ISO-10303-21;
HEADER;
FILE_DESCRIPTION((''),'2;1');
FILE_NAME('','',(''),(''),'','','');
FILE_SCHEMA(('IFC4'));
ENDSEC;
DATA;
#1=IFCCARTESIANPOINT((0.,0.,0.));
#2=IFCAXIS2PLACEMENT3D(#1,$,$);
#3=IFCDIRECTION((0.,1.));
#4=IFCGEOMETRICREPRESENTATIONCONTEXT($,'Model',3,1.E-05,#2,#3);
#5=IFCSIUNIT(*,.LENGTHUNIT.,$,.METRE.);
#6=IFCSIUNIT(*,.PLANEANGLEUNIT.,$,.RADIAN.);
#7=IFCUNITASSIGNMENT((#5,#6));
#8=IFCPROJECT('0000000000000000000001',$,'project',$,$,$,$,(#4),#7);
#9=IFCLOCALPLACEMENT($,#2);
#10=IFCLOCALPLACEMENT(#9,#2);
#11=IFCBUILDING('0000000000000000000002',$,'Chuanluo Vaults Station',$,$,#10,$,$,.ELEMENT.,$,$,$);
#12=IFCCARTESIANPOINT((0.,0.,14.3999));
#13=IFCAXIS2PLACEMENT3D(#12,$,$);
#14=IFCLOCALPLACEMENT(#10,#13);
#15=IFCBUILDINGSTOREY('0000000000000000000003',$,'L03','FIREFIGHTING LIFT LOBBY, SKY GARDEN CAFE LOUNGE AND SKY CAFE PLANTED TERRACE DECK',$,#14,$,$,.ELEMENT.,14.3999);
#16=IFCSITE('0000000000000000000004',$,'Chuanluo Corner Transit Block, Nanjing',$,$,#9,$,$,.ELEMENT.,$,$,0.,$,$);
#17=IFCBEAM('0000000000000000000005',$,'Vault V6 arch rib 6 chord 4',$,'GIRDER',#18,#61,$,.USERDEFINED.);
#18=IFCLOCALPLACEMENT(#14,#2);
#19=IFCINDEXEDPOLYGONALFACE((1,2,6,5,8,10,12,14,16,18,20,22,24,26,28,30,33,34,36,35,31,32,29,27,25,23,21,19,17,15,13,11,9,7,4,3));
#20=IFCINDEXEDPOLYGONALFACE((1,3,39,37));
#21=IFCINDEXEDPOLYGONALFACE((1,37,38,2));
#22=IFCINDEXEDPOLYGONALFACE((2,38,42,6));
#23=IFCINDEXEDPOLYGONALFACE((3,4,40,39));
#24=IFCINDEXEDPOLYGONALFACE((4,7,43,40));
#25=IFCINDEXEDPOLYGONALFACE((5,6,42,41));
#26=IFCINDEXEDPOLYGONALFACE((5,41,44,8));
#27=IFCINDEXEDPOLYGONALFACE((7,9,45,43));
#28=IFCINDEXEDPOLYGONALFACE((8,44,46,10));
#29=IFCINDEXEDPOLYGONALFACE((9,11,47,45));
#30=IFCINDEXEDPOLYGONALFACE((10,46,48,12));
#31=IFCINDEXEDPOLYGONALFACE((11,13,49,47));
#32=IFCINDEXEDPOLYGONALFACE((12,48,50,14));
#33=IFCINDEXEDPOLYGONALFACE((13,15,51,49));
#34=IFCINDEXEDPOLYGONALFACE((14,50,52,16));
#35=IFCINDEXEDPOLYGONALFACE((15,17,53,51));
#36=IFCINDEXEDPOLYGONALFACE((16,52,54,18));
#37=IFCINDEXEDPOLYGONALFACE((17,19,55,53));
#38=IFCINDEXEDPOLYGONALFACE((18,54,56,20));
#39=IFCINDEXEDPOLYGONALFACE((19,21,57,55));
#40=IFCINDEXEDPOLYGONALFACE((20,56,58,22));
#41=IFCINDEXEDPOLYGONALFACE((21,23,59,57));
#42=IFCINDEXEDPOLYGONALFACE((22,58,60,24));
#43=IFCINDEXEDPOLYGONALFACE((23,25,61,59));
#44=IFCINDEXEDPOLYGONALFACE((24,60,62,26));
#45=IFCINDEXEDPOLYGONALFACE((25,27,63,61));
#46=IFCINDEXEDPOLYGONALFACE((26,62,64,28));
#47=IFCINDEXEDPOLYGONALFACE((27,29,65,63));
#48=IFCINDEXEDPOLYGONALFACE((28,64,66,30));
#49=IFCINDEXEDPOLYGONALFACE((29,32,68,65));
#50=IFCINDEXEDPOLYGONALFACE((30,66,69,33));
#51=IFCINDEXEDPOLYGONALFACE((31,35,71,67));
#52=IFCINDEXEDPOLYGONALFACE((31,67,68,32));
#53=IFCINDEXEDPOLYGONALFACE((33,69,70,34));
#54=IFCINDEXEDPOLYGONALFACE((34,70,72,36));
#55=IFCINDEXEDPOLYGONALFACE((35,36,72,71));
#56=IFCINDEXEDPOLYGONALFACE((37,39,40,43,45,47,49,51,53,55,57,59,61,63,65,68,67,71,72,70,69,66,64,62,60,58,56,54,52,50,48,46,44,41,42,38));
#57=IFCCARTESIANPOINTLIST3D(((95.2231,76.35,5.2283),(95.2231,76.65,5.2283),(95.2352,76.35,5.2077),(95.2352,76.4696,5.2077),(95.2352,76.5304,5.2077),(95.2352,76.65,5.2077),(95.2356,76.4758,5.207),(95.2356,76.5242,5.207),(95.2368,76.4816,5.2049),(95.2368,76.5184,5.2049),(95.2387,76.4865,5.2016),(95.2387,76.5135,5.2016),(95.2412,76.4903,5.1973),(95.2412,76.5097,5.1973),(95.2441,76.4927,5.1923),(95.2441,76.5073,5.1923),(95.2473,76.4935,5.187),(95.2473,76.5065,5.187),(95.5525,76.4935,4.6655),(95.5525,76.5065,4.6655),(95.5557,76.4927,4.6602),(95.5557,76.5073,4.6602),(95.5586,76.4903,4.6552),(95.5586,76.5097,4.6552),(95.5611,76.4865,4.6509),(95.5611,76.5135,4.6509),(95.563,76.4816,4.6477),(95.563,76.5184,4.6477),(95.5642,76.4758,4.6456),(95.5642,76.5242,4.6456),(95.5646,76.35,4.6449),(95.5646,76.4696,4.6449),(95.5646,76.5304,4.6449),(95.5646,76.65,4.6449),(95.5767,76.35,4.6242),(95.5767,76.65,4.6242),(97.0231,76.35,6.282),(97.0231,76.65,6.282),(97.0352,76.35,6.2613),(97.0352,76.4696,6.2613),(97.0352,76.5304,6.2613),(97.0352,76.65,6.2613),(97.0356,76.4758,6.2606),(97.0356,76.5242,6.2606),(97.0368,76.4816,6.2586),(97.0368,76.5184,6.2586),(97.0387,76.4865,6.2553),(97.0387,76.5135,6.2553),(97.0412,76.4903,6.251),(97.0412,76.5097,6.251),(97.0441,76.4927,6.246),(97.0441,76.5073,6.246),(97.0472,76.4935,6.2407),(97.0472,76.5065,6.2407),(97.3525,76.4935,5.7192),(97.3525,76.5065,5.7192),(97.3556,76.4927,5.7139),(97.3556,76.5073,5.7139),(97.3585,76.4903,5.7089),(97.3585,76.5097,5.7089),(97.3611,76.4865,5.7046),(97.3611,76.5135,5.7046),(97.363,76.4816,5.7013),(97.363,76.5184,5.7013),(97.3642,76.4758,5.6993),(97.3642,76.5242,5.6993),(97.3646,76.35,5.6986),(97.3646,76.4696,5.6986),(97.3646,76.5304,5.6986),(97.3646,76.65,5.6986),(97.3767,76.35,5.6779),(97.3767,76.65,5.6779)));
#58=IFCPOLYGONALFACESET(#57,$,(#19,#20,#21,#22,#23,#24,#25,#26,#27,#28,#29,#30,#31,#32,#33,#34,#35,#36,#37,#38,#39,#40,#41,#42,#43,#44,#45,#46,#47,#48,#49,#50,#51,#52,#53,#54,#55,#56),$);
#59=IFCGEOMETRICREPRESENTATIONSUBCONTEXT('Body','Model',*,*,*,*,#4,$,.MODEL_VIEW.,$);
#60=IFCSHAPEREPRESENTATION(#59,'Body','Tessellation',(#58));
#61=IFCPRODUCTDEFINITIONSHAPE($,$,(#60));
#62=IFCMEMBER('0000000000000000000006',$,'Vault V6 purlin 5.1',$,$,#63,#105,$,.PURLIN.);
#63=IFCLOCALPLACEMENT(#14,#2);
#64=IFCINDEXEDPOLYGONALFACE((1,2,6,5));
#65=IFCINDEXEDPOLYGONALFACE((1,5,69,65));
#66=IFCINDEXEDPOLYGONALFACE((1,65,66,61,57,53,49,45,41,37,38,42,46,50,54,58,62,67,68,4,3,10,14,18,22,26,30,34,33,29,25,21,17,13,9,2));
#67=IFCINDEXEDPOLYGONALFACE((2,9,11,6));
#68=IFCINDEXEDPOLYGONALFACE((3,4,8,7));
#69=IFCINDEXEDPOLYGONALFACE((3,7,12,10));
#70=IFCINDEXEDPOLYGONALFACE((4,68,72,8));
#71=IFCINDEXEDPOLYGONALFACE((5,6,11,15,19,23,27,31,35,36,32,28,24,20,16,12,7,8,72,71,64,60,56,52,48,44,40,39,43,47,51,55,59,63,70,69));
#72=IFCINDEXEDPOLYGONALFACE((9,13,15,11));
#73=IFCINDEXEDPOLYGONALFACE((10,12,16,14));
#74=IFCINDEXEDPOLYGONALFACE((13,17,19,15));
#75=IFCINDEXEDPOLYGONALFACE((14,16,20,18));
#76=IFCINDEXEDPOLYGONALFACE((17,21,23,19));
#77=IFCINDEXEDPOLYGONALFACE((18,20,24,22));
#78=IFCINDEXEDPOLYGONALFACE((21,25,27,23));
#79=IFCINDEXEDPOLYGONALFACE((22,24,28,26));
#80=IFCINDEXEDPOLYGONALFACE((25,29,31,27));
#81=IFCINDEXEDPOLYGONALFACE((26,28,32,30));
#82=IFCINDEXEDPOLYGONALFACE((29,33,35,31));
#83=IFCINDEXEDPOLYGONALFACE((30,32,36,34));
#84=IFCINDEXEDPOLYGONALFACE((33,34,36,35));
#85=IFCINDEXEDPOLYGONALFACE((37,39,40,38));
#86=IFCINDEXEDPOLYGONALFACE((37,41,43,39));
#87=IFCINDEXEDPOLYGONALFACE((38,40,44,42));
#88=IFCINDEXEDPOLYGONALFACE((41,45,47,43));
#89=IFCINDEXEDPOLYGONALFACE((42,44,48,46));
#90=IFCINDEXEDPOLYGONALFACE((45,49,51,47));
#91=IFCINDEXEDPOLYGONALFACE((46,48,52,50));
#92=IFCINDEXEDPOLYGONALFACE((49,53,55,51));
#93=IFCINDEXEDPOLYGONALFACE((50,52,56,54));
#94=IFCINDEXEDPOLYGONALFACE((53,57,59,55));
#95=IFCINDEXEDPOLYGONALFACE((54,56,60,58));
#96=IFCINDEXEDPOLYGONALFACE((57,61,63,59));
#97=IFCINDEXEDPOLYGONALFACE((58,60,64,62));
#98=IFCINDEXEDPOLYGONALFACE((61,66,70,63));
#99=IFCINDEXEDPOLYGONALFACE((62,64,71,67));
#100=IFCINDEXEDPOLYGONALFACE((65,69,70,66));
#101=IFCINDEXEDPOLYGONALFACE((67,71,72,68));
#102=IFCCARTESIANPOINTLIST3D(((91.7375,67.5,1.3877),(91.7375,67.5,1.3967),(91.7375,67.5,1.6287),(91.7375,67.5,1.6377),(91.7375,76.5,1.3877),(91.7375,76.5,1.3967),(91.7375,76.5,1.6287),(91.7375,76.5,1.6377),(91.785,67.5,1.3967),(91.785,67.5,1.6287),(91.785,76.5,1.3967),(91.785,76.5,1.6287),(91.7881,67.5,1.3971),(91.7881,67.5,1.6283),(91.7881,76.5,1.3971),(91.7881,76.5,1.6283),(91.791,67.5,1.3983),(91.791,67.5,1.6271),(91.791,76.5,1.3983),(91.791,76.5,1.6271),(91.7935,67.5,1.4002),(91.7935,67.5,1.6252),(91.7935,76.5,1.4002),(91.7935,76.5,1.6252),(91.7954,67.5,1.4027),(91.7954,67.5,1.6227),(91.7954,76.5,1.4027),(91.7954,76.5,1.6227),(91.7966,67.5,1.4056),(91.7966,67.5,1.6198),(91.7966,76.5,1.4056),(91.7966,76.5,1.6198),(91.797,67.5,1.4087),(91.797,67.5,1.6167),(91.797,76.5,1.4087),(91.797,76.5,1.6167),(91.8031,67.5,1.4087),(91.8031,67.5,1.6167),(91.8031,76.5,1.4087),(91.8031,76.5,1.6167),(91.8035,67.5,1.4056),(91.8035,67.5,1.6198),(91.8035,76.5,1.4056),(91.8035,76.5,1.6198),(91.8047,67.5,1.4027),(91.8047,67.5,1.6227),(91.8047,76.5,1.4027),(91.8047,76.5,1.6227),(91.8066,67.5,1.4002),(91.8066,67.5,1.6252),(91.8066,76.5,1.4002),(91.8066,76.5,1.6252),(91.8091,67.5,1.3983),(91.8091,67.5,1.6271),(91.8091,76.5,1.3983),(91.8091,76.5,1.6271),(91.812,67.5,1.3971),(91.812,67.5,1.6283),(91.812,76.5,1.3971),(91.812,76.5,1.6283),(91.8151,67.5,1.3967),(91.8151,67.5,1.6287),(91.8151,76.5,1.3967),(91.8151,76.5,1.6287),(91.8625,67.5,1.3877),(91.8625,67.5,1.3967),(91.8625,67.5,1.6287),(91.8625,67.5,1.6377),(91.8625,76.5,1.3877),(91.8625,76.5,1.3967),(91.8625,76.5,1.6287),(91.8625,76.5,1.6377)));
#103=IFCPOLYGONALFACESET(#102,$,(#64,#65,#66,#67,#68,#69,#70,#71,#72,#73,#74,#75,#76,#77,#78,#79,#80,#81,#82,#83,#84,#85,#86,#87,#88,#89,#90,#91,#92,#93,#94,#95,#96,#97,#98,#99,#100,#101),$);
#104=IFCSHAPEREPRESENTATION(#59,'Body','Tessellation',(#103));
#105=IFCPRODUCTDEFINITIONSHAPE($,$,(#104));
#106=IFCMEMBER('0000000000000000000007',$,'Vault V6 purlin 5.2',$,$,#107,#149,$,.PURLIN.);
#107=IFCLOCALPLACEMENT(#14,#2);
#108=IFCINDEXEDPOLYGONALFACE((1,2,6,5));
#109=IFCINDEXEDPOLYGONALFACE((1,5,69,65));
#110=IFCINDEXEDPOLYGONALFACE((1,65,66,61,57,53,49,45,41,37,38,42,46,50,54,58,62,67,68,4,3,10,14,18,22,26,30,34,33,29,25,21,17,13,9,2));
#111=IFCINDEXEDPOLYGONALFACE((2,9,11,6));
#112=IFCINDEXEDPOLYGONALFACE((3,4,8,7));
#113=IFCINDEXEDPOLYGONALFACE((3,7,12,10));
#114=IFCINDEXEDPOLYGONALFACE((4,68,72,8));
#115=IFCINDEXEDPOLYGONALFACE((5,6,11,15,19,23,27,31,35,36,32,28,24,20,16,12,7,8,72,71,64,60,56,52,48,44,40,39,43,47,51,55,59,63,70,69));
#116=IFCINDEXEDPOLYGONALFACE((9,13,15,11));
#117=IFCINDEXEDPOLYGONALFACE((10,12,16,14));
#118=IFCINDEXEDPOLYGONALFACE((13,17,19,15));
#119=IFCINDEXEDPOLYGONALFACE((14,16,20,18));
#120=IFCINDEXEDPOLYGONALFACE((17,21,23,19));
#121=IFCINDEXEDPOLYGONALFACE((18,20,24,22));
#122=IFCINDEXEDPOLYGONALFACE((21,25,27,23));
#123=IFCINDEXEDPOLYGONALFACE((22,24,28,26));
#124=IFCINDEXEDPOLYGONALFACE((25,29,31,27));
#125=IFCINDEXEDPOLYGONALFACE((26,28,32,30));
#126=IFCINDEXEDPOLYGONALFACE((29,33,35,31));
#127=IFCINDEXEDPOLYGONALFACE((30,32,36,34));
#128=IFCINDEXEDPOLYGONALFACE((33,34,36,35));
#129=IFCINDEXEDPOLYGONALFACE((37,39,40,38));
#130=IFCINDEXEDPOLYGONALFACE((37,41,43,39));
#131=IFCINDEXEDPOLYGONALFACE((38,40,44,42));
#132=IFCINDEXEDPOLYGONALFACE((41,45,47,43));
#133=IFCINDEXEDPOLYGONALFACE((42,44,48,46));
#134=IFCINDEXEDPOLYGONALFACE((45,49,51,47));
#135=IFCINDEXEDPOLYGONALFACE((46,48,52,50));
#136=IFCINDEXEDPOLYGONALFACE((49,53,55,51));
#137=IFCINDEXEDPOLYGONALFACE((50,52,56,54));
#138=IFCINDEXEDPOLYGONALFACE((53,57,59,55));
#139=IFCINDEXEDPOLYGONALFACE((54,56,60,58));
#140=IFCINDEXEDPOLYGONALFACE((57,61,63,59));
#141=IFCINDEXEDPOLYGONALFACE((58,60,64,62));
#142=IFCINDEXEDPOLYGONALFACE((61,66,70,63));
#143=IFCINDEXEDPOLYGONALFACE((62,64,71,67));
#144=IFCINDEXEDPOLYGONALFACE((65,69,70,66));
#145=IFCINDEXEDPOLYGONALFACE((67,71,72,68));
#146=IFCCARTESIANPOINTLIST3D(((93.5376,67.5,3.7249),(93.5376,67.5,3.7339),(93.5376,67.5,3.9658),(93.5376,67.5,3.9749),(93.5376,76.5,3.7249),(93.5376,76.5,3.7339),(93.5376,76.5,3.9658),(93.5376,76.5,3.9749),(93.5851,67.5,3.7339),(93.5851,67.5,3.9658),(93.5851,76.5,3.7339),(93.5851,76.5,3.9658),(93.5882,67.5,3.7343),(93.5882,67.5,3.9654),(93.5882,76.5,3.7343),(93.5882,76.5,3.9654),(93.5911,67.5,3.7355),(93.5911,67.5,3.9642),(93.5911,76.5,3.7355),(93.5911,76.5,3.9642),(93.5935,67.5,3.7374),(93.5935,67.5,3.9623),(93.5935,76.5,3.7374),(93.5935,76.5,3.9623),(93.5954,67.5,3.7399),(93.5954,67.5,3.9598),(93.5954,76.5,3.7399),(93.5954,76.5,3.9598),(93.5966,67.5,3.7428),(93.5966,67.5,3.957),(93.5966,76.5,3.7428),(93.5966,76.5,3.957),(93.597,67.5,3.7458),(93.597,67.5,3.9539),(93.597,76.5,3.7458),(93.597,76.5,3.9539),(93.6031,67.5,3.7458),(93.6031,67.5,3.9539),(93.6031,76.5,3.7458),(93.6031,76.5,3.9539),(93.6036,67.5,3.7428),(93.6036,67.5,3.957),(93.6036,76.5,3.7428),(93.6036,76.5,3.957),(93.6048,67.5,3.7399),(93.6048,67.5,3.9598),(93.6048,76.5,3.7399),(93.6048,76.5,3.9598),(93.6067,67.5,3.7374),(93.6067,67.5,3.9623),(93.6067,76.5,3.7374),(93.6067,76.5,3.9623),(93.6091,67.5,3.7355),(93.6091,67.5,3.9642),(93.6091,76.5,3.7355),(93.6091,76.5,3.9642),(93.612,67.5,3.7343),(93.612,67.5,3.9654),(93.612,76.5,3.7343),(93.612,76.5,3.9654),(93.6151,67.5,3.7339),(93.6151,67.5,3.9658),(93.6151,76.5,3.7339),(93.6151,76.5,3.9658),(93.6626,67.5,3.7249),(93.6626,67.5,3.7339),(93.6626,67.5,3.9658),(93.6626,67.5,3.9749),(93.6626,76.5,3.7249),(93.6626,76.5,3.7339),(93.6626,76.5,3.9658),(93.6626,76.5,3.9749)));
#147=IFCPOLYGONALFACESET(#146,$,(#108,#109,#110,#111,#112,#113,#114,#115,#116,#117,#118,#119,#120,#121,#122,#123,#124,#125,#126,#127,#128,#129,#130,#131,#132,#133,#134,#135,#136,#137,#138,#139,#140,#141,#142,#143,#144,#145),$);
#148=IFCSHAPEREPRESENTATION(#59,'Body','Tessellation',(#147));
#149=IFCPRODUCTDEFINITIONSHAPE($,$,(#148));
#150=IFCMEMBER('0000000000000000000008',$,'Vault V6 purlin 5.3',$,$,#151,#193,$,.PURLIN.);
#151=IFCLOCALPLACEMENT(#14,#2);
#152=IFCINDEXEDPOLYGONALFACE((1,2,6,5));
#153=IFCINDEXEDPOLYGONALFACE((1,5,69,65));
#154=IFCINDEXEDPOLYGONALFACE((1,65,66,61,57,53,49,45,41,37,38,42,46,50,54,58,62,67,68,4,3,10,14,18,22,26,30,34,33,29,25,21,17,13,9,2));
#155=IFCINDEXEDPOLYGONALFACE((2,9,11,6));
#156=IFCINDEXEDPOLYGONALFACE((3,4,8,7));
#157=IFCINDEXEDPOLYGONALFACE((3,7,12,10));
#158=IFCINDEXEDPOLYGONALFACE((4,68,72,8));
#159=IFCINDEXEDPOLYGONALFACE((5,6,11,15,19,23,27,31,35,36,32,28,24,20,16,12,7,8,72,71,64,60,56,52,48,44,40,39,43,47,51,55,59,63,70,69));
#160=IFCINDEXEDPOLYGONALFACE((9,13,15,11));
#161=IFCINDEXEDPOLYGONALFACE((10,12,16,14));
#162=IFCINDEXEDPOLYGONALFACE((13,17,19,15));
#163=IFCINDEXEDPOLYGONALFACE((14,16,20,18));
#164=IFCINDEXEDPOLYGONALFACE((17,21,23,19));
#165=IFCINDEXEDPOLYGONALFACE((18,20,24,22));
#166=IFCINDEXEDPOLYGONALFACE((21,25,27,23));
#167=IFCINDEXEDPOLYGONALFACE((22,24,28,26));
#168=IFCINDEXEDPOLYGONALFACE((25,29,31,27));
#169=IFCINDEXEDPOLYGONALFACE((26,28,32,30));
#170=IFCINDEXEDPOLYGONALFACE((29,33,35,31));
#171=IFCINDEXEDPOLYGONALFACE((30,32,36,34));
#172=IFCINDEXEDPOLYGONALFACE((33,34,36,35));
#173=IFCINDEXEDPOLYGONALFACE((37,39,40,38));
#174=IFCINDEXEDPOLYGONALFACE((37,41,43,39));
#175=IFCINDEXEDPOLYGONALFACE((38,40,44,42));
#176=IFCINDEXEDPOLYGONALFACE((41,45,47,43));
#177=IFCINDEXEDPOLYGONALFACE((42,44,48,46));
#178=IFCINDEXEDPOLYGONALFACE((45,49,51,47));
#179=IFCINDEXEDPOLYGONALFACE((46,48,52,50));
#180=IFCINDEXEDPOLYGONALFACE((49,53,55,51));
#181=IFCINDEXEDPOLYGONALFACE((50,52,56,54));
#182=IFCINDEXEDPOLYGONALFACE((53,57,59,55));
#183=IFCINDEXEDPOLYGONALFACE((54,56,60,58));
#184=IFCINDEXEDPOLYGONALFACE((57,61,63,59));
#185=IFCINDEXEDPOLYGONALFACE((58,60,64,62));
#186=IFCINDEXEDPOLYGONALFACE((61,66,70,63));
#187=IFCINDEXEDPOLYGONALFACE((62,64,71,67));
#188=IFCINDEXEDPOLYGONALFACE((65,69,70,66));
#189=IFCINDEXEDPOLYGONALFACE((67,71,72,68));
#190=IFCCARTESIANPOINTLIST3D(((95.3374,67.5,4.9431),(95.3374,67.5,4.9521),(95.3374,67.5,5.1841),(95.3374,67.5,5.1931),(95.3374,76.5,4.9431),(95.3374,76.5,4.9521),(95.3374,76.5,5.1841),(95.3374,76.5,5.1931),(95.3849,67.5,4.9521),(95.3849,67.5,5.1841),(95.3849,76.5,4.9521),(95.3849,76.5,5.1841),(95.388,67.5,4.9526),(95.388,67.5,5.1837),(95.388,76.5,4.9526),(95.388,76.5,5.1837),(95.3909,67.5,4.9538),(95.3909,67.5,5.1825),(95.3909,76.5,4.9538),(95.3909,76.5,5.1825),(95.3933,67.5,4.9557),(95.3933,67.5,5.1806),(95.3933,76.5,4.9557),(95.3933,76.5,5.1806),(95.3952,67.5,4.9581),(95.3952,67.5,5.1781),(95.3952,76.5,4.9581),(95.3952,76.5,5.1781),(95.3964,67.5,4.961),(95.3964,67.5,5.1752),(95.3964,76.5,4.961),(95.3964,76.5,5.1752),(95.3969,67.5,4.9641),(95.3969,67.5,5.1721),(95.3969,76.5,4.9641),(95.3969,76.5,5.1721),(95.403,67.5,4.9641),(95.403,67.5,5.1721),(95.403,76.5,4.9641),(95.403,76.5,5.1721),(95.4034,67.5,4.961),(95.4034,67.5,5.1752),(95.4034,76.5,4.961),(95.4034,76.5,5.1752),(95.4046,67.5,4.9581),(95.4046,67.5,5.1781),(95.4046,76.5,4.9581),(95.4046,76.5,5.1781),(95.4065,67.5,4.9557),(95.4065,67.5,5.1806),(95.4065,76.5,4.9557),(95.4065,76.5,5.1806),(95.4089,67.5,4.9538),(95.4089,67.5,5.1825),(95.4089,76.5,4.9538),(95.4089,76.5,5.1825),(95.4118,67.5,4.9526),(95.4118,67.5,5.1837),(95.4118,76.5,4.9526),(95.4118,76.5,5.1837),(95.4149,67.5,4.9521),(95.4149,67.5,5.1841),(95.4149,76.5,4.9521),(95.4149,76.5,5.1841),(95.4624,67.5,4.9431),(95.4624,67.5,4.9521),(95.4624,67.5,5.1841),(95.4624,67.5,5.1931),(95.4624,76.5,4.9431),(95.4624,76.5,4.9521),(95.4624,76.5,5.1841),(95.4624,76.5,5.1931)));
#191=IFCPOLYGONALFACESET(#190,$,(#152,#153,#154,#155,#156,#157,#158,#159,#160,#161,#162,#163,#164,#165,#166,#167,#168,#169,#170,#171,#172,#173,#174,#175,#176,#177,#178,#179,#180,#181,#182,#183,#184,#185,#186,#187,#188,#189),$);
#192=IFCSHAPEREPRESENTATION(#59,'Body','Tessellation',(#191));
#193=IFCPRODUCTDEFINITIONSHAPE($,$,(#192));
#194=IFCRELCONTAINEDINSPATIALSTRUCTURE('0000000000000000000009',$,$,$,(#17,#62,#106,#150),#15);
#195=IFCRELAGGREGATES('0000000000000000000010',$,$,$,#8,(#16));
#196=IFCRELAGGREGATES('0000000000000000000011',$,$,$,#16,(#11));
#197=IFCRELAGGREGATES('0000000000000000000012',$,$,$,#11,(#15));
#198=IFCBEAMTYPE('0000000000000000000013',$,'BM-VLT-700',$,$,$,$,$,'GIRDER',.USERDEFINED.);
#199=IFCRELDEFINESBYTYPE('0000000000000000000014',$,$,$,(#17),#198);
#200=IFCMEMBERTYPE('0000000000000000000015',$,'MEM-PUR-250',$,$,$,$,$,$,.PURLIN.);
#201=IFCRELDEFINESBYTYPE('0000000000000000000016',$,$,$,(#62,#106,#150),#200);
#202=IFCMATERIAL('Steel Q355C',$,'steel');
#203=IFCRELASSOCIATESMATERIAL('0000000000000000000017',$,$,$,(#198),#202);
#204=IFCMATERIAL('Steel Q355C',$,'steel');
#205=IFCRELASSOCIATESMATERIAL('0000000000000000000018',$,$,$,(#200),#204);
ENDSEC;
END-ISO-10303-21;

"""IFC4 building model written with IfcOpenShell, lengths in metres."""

from ifc_helpers import new_model, si_unit, direction, frame, origin, origin_2d, place, context, subcontext, project, spatial, i_section, extrude, material, material_profile, profile_set, type_object, element, save


model = new_model("IFC4")

# Units and contexts
model_context = context("Model", 3, precision=1e-05, world=origin(), true_north=direction((0.0, 1.0)))
body_context = subcontext(model_context, "Body", "Model", "MODEL_VIEW")
ifc_project = project(units=[si_unit("LENGTHUNIT", "METRE"), si_unit("PLANEANGLEUNIT", "RADIAN")], contexts=[model_context])

# Site, building, storey
site_placement = place(None, origin())
site = spatial("IfcSite", under=ifc_project, at=site_placement, Name="Chuanluo Corner Transit Block, Nanjing", CompositionType="ELEMENT", RefElevation=0.0)
building_placement = place(site_placement, origin())
building = spatial("IfcBuilding", under=site, at=building_placement, Name="Chuanluo Vaults Station", CompositionType="ELEMENT")
storey_placement = place(building_placement, frame((0.0, 0.0, 14.3999)))
storey = spatial("IfcBuildingStorey", under=building, at=storey_placement, Name="L03", Description="FIREFIGHTING LIFT LOBBY, SKY GARDEN CAFE LOUNGE AND SKY CAFE PLANTED TERRACE DECK", CompositionType="ELEMENT", Elevation=14.3999)

# Beam
ifc_material_1 = material(Name="Steel Q355C", Category="steel")
ifc_material_profile_1 = material_profile(ifc_material_1, i_section(OverallWidth=0.3, OverallDepth=0.7, WebThickness=0.0129, FlangeThickness=0.0239, FilletRadius=0.0239, at=origin_2d()))
ifc_profile_set_1 = profile_set([ifc_material_profile_1], Name="Steel Q355C")
beam_type_1 = type_object("IfcBeamType", Name="BM-VLT-700", ElementType="GIRDER", PredefinedType="USERDEFINED", material=ifc_profile_set_1)
beam_1_placement = place(storey_placement, frame((95.3999, 76.5, 4.9263), z_axis=(0.863009, 0.0, 0.505188), x_axis=(0.0, 1.0, 0.0)))
element("IfcBeam", 1, at=beam_1_placement, inside=storey, type_object=beam_type_1, Name="Vault V6 arch rib 6 chord 4", ObjectType="GIRDER", PredefinedType="USERDEFINED", context=body_context, shape_type="SweptSolid", body=[
    extrude(i_section(OverallWidth=0.3, OverallDepth=0.7, WebThickness=0.0129, FlangeThickness=0.0239, FilletRadius=0.0239, at=origin_2d()), origin(), (0.0, 0.0, 1.0), 2.0857),
])

# Members
ifc_material_2 = material(Name="Steel Q355C", Category="steel")
ifc_material_profile_2 = material_profile(ifc_material_2, i_section(OverallWidth=0.125, OverallDepth=0.25, WebThickness=0.0061, FlangeThickness=0.009, FilletRadius=0.012, at=origin_2d()))
ifc_profile_set_2 = profile_set([ifc_material_profile_2], Name="Steel Q355C")
member_type_1 = type_object("IfcMemberType", Name="MEM-PUR-250", PredefinedType="PURLIN", material=ifc_profile_set_2)
for number, where, z_axis, x_axis, name in (
    (2, (91.8, 67.5, 1.5127), (0.0, 1.0, 0.0), (-1.0, 0.0, 0.0), "Vault V6 purlin 5.1"),
    (3, (93.6001, 67.5, 3.8499), (0.0, 1.0, 0.0), (-1.0, 0.0, 0.0), "Vault V6 purlin 5.2"),
    (4, (95.3999, 67.5, 5.0681), (0.0, 1.0, 0.0), (-1.0, 0.0, 0.0), "Vault V6 purlin 5.3"),
):
    element("IfcMember", number, at=place(storey_placement, frame(where, z_axis=z_axis, x_axis=x_axis)), inside=storey, type_object=member_type_1, Name=name, PredefinedType="PURLIN", context=body_context, shape_type="SweptSolid", body=[
        extrude(i_section(OverallWidth=0.125, OverallDepth=0.25, WebThickness=0.0061, FlangeThickness=0.009, FilletRadius=0.012, at=origin_2d()), origin(), (0.0, 0.0, 1.0), 9.0),
    ])

save(model, "model.ifc")
